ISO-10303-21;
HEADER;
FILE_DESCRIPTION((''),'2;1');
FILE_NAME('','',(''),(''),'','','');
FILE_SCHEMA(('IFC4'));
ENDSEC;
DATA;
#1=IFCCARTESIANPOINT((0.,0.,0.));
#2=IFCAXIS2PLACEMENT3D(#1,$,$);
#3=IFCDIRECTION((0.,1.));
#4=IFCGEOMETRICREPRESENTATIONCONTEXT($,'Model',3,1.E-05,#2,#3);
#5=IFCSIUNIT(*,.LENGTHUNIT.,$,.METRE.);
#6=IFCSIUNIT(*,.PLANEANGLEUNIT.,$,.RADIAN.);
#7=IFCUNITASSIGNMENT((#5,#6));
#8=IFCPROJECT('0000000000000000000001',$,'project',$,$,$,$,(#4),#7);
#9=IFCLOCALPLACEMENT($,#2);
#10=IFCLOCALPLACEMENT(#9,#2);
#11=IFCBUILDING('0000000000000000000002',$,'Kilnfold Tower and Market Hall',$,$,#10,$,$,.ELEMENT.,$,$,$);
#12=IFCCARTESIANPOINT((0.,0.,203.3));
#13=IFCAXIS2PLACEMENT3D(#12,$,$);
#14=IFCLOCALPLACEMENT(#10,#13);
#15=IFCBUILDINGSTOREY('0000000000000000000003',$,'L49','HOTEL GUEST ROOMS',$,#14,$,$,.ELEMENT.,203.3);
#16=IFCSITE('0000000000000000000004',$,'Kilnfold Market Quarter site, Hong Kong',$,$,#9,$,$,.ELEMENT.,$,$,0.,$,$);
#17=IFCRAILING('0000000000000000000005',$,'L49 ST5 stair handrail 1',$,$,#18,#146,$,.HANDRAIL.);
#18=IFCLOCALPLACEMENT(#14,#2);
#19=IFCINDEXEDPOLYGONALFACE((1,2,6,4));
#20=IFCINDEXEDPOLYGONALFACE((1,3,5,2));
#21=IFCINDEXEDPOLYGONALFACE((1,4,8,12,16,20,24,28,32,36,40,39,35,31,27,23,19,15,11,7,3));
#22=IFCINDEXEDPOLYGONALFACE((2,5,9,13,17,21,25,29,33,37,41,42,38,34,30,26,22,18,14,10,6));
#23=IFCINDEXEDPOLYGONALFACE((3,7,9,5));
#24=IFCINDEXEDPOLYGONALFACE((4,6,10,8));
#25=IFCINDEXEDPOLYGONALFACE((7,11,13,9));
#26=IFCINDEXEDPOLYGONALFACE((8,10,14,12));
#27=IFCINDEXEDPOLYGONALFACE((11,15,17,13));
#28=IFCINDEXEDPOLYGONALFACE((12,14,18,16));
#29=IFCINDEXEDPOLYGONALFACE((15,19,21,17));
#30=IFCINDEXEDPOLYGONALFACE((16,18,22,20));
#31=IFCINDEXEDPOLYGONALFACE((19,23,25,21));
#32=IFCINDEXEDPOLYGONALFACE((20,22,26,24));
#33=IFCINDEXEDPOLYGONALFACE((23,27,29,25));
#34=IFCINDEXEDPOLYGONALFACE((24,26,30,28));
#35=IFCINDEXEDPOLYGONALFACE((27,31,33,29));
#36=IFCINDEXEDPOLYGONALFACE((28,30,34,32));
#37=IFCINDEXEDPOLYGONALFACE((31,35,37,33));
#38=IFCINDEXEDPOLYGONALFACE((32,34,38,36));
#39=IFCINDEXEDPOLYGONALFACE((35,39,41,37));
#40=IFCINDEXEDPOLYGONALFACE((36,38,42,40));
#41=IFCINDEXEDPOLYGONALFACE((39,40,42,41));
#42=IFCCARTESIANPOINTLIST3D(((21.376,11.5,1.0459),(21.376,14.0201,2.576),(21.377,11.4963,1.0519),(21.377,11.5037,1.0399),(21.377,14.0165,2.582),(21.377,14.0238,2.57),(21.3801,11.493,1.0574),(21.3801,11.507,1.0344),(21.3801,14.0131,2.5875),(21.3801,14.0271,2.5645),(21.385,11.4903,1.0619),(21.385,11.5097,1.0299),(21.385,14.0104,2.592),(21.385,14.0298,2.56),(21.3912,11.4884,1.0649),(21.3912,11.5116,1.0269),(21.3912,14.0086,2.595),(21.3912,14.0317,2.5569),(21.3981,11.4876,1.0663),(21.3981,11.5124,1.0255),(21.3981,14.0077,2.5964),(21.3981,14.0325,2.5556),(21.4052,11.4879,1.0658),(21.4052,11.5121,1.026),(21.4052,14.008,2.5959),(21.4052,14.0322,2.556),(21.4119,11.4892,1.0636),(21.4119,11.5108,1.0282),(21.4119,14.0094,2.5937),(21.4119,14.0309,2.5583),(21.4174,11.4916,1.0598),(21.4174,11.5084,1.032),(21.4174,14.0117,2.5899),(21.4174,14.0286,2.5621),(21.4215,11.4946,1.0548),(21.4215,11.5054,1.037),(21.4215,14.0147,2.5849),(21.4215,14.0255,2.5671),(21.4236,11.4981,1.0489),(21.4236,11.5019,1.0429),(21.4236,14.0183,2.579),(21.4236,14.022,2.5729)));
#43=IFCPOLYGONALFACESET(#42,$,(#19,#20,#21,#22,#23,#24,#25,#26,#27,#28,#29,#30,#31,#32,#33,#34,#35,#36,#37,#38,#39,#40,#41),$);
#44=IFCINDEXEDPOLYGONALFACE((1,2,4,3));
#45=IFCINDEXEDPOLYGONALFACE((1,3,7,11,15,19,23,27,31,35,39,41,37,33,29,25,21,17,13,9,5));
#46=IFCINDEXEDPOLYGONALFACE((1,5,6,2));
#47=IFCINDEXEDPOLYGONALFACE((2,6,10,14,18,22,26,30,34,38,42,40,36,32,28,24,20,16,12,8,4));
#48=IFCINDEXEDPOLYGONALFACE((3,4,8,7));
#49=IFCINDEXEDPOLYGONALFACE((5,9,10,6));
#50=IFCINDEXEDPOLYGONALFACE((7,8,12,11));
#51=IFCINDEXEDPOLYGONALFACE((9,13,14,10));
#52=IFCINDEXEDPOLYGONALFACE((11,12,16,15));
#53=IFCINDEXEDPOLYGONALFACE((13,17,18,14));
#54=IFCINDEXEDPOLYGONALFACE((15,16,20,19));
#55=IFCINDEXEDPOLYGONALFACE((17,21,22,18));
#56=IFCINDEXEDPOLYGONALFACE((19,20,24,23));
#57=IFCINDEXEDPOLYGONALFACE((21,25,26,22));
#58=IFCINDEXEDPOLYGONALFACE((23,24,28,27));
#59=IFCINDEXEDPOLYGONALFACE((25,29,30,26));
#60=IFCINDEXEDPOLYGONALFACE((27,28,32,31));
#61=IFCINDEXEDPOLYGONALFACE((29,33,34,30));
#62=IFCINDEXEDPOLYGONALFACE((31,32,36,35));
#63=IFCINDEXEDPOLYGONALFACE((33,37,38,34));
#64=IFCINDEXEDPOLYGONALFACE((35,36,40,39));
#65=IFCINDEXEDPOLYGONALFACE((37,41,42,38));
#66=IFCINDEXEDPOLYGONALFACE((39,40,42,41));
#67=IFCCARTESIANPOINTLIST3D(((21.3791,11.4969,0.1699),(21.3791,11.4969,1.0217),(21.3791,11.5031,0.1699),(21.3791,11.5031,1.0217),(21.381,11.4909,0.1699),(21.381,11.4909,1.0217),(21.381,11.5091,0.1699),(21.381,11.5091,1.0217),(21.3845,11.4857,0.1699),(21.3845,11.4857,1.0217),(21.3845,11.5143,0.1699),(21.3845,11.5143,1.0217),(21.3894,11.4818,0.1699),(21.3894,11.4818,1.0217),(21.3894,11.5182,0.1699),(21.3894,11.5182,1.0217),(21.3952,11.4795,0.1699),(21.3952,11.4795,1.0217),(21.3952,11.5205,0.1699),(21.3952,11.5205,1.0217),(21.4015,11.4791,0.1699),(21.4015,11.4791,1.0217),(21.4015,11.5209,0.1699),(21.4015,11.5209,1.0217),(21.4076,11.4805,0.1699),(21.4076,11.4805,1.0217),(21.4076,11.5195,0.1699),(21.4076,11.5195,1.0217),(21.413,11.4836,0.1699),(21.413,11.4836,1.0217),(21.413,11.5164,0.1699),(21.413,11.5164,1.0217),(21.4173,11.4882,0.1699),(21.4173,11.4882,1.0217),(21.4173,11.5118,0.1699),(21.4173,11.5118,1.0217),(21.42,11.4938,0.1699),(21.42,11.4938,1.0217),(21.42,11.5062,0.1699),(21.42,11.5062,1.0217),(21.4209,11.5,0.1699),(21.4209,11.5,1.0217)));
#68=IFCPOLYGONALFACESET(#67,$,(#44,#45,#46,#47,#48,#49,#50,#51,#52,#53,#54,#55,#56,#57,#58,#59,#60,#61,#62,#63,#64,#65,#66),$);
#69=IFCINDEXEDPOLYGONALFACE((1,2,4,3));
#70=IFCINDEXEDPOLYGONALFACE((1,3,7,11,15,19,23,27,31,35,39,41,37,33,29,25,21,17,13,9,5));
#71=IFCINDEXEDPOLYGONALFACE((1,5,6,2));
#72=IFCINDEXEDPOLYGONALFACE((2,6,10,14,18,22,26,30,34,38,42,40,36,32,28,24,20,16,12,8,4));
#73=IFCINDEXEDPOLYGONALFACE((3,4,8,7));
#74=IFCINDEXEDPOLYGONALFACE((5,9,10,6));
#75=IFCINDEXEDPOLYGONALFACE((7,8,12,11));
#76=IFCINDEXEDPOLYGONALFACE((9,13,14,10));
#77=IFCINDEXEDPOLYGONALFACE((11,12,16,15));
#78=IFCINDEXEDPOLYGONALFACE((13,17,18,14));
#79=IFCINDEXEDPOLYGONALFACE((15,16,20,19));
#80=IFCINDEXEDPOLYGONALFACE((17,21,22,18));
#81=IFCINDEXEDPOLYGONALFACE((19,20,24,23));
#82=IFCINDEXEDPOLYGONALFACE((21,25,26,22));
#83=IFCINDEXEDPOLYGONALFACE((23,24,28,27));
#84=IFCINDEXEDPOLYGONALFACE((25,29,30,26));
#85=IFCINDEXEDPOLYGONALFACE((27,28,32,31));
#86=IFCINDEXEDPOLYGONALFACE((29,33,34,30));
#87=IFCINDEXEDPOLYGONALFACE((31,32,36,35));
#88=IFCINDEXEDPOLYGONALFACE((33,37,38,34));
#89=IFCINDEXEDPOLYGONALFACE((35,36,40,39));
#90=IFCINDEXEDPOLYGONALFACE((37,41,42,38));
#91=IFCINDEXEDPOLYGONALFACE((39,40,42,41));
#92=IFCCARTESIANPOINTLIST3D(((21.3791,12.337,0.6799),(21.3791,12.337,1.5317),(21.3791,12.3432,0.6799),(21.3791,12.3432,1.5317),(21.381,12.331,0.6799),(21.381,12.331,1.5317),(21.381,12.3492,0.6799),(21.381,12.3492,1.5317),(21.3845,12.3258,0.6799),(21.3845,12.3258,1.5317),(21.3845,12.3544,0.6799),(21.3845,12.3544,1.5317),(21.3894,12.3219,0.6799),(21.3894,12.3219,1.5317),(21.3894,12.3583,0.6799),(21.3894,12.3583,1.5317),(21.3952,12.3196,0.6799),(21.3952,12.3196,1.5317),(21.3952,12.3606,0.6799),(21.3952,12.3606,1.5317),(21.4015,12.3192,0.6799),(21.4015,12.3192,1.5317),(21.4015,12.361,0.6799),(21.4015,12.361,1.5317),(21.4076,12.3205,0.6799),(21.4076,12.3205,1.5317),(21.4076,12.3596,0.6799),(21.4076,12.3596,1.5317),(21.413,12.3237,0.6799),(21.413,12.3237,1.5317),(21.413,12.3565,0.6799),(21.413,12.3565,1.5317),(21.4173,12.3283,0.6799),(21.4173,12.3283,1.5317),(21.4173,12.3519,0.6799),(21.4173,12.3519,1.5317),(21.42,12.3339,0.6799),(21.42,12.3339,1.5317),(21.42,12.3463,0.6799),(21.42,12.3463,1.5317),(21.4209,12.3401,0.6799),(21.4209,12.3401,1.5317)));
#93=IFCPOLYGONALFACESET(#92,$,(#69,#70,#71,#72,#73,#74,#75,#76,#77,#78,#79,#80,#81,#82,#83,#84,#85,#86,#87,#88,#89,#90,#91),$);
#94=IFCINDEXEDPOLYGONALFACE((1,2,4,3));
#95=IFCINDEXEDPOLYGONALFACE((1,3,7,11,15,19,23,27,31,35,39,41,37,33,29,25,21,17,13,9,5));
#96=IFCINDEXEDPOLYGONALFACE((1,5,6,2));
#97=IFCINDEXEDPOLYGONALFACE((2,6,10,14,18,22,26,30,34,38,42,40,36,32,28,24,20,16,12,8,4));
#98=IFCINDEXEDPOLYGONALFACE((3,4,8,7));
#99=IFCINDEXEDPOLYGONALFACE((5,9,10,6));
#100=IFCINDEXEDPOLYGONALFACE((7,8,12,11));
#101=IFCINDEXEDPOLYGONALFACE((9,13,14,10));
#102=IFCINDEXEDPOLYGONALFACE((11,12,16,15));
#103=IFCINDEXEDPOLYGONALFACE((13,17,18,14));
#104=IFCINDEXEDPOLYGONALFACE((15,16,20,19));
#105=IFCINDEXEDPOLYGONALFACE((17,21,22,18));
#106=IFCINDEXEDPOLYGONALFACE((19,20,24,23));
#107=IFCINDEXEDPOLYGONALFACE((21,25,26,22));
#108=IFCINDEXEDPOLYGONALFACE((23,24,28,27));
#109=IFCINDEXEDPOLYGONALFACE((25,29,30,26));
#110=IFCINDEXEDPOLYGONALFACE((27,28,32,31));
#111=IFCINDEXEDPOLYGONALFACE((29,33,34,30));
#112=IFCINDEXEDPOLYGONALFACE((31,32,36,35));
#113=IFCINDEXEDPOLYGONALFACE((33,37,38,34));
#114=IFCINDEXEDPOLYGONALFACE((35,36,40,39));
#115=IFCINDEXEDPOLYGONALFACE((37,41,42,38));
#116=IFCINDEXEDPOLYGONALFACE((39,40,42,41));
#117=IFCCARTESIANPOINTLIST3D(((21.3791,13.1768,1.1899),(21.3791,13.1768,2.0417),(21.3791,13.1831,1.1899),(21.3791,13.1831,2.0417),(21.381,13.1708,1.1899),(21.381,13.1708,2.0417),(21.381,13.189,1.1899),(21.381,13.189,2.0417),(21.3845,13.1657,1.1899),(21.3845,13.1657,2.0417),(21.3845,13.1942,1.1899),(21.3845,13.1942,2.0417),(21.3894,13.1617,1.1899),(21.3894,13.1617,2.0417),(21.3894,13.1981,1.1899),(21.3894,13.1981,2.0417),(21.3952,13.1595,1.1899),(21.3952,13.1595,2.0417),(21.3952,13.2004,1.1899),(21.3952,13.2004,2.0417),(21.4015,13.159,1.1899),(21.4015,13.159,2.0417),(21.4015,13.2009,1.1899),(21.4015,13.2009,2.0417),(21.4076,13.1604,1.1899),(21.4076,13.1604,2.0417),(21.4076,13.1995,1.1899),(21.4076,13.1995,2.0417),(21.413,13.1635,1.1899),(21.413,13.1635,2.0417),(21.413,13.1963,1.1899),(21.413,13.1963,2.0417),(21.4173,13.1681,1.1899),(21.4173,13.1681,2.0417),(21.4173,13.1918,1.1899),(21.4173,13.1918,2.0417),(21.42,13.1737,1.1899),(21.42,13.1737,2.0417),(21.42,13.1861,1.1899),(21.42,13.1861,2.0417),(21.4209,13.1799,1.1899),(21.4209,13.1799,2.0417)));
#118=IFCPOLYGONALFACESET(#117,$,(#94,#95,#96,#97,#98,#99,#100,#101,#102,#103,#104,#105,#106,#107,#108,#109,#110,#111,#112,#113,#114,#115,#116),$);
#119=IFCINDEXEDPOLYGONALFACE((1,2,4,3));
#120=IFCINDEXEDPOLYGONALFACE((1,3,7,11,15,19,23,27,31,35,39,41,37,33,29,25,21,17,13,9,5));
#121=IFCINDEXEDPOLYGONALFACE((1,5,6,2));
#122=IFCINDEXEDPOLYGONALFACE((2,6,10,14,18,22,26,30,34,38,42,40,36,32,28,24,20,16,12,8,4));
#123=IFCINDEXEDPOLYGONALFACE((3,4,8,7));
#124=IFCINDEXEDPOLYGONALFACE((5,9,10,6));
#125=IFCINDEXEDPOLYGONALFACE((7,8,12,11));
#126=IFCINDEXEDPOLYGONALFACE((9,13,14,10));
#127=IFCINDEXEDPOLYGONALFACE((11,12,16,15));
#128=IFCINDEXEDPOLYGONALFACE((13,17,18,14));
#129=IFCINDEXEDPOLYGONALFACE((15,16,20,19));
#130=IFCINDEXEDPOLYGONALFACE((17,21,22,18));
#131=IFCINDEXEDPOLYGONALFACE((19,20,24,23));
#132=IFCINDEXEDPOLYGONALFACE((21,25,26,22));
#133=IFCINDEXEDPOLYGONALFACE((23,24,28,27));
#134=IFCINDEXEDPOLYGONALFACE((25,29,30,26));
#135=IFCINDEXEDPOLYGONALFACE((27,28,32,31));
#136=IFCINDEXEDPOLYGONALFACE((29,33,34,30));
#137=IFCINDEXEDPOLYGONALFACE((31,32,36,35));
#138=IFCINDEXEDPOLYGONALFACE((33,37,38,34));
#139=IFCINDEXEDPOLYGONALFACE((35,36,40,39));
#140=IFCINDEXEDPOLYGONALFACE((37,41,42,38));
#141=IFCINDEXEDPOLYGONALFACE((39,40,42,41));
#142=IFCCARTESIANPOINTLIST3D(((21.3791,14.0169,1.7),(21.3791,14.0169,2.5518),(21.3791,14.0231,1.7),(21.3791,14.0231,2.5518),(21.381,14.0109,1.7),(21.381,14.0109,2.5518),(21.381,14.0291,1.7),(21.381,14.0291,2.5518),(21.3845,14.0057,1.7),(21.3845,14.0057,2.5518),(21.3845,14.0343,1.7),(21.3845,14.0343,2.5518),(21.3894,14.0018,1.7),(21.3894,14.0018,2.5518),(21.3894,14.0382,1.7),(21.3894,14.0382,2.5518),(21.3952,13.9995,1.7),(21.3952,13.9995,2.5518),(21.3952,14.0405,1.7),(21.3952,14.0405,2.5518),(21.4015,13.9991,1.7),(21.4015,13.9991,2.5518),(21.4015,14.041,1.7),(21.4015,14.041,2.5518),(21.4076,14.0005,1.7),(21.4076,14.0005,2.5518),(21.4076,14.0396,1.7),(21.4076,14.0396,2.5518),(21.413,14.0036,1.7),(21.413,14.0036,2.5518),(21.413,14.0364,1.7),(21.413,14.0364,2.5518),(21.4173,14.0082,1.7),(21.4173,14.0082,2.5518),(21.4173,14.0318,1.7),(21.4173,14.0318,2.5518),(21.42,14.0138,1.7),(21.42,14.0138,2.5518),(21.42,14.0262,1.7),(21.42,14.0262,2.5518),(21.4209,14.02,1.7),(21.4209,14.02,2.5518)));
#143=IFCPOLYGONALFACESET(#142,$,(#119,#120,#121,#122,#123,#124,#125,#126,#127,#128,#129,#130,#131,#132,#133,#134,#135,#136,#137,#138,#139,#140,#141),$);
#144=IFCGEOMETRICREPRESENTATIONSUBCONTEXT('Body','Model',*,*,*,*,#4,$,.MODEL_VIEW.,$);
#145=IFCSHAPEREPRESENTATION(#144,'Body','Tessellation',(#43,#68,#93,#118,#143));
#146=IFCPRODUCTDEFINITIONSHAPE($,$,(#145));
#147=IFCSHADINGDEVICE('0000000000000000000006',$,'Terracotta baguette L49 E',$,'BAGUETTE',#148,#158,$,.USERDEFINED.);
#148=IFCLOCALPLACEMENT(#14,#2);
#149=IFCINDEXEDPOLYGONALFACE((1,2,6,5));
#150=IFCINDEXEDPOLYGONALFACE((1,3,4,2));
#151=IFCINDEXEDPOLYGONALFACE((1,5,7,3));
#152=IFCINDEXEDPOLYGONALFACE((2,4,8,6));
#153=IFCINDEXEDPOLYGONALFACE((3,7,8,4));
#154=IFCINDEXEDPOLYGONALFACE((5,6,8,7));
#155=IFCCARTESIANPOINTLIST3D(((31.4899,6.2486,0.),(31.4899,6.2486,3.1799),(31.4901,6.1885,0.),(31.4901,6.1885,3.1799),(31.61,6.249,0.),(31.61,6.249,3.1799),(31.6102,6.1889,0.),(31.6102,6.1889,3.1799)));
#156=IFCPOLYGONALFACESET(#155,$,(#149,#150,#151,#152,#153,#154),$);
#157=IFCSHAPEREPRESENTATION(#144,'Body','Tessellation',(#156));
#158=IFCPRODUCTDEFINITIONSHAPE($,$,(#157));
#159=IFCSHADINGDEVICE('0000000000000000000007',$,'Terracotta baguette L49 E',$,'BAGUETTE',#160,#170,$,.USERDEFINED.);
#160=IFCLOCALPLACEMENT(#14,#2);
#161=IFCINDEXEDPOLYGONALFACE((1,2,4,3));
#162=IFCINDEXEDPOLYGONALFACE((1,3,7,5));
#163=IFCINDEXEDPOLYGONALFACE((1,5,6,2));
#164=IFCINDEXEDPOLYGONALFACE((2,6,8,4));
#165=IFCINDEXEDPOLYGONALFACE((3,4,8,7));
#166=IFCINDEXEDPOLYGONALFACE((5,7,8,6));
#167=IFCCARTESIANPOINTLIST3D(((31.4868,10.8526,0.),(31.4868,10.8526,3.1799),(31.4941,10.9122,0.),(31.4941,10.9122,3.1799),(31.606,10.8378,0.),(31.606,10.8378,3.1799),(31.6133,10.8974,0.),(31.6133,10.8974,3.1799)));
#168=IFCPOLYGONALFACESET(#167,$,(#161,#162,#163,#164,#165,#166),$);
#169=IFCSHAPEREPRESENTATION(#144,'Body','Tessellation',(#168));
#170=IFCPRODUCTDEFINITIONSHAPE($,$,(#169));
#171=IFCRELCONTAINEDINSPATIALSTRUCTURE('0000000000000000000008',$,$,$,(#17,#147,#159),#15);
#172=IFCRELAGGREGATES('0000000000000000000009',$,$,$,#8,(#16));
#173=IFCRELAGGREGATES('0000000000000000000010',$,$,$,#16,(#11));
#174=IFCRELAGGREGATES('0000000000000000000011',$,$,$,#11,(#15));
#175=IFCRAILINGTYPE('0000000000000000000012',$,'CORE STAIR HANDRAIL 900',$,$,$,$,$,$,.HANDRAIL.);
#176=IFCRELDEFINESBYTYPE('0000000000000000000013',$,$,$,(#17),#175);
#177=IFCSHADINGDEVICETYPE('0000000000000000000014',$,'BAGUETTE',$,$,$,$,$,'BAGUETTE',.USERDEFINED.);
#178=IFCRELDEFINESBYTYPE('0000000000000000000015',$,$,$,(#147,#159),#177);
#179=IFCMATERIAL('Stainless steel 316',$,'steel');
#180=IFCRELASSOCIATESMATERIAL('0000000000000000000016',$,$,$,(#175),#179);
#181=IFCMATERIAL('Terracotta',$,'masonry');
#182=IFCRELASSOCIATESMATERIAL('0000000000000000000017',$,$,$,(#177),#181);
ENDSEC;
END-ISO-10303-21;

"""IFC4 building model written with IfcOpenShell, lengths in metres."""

from ifc_helpers import new_model, si_unit, direction, frame, origin, origin_2d, place, context, subcontext, project, spatial, rectangle, circle, extrude, source, transform, mapped, material, material_profile, profile_set, type_object, element, save


model = new_model("IFC4")

# Units and contexts
model_context = context("Model", 3, precision=1e-05, world=origin(), true_north=direction((0.0, 1.0)))
body_context = subcontext(model_context, "Body", "Model", "MODEL_VIEW")
ifc_project = project(units=[si_unit("LENGTHUNIT", "METRE"), si_unit("PLANEANGLEUNIT", "RADIAN")], contexts=[model_context])

# Site, building, storey
site_placement = place(None, origin())
site = spatial("IfcSite", under=ifc_project, at=site_placement, Name="Kilnfold Market Quarter site, Hong Kong", CompositionType="ELEMENT", RefElevation=0.0)
building_placement = place(site_placement, origin())
building = spatial("IfcBuilding", under=site, at=building_placement, Name="Kilnfold Tower and Market Hall", CompositionType="ELEMENT")
storey_placement = place(building_placement, frame((0.0, 0.0, 203.3)))
storey = spatial("IfcBuildingStorey", under=building, at=storey_placement, Name="L49", Description="HOTEL GUEST ROOMS", CompositionType="ELEMENT", Elevation=203.3)

# Railing
ifc_material_1 = material(Name="Stainless steel 316", Category="steel")
railing_type_1 = type_object("IfcRailingType", Name="CORE STAIR HANDRAIL 900", PredefinedType="HANDRAIL", material=ifc_material_1)
for number, where, name in (
    (1, (21.3999, 11.5, 0.1699), "L49 ST5 stair handrail 1"),
):
    element("IfcRailing", number, at=place(storey_placement, frame(where)), inside=storey, type_object=railing_type_1, Name=name, PredefinedType="HANDRAIL", context=body_context, shape_type="SweptSolid", body=[
        extrude(circle(Radius=0.0239, at=origin_2d()), frame((0.0, 0.0, 0.876), z_axis=(0.0, 0.854785, 0.518982), x_axis=(-1.0, 0.0, 0.0)), (0.0, 0.0, 1.0), 2.9482),
        extrude(circle(Radius=0.021, at=origin_2d()), origin(), (0.0, 0.0, 1.0), 0.8518),
        extrude(circle(Radius=0.021, at=origin_2d()), frame((0.0, 0.8401, 0.51)), (0.0, 0.0, 1.0), 0.8518),
        extrude(circle(Radius=0.021, at=origin_2d()), frame((0.0, 1.6799, 1.02)), (0.0, 0.0, 1.0), 0.8518),
        extrude(circle(Radius=0.021, at=origin_2d()), frame((0.0, 2.52, 1.53)), (0.0, 0.0, 1.0), 0.8518),
    ])

# Shading devices
ifc_material_2 = material(Name="Terracotta", Category="masonry")
ifc_material_profile_1 = material_profile(ifc_material_2, rectangle(XDim=0.0601, YDim=0.1201, at=origin_2d()), Name="BAG 60x120")
ifc_profile_set_1 = profile_set([ifc_material_profile_1], Name="Terracotta")
shading_device_type = type_object("IfcShadingDeviceType", Name="BAGUETTE", ElementType="BAGUETTE", PredefinedType="USERDEFINED", material=ifc_profile_set_1)
shared_shape_1 = source(origin(), body_context, "Body", "SweptSolid", [
    extrude(rectangle(XDim=0.0601, YDim=0.1201, at=origin_2d()), origin(), (0.0, 0.0, 1.0), 3.1799),
])
for number, where, z_axis, x_axis, name in (
    (2, (31.55, 6.2188, 0.0), (0.0, 0.0, 1.0), (-0.003725, 0.999993, 0.0), "Terracotta baguette L49 E"),
    (3, (31.55, 10.875, 0.0), (0.0, 0.0, 1.0), (0.122741, 0.992439, 0.0), "Terracotta baguette L49 E"),
):
    element("IfcShadingDevice", number, at=place(storey_placement, frame(where, z_axis=z_axis, x_axis=x_axis)), inside=storey, type_object=shading_device_type, Name=name, ObjectType="BAGUETTE", PredefinedType="USERDEFINED", context=body_context, shape_type="MappedRepresentation", body=[
        mapped(shared_shape_1, transform((0.0, 0.0, 0.0))),
    ])

save(model, "model.ifc")
